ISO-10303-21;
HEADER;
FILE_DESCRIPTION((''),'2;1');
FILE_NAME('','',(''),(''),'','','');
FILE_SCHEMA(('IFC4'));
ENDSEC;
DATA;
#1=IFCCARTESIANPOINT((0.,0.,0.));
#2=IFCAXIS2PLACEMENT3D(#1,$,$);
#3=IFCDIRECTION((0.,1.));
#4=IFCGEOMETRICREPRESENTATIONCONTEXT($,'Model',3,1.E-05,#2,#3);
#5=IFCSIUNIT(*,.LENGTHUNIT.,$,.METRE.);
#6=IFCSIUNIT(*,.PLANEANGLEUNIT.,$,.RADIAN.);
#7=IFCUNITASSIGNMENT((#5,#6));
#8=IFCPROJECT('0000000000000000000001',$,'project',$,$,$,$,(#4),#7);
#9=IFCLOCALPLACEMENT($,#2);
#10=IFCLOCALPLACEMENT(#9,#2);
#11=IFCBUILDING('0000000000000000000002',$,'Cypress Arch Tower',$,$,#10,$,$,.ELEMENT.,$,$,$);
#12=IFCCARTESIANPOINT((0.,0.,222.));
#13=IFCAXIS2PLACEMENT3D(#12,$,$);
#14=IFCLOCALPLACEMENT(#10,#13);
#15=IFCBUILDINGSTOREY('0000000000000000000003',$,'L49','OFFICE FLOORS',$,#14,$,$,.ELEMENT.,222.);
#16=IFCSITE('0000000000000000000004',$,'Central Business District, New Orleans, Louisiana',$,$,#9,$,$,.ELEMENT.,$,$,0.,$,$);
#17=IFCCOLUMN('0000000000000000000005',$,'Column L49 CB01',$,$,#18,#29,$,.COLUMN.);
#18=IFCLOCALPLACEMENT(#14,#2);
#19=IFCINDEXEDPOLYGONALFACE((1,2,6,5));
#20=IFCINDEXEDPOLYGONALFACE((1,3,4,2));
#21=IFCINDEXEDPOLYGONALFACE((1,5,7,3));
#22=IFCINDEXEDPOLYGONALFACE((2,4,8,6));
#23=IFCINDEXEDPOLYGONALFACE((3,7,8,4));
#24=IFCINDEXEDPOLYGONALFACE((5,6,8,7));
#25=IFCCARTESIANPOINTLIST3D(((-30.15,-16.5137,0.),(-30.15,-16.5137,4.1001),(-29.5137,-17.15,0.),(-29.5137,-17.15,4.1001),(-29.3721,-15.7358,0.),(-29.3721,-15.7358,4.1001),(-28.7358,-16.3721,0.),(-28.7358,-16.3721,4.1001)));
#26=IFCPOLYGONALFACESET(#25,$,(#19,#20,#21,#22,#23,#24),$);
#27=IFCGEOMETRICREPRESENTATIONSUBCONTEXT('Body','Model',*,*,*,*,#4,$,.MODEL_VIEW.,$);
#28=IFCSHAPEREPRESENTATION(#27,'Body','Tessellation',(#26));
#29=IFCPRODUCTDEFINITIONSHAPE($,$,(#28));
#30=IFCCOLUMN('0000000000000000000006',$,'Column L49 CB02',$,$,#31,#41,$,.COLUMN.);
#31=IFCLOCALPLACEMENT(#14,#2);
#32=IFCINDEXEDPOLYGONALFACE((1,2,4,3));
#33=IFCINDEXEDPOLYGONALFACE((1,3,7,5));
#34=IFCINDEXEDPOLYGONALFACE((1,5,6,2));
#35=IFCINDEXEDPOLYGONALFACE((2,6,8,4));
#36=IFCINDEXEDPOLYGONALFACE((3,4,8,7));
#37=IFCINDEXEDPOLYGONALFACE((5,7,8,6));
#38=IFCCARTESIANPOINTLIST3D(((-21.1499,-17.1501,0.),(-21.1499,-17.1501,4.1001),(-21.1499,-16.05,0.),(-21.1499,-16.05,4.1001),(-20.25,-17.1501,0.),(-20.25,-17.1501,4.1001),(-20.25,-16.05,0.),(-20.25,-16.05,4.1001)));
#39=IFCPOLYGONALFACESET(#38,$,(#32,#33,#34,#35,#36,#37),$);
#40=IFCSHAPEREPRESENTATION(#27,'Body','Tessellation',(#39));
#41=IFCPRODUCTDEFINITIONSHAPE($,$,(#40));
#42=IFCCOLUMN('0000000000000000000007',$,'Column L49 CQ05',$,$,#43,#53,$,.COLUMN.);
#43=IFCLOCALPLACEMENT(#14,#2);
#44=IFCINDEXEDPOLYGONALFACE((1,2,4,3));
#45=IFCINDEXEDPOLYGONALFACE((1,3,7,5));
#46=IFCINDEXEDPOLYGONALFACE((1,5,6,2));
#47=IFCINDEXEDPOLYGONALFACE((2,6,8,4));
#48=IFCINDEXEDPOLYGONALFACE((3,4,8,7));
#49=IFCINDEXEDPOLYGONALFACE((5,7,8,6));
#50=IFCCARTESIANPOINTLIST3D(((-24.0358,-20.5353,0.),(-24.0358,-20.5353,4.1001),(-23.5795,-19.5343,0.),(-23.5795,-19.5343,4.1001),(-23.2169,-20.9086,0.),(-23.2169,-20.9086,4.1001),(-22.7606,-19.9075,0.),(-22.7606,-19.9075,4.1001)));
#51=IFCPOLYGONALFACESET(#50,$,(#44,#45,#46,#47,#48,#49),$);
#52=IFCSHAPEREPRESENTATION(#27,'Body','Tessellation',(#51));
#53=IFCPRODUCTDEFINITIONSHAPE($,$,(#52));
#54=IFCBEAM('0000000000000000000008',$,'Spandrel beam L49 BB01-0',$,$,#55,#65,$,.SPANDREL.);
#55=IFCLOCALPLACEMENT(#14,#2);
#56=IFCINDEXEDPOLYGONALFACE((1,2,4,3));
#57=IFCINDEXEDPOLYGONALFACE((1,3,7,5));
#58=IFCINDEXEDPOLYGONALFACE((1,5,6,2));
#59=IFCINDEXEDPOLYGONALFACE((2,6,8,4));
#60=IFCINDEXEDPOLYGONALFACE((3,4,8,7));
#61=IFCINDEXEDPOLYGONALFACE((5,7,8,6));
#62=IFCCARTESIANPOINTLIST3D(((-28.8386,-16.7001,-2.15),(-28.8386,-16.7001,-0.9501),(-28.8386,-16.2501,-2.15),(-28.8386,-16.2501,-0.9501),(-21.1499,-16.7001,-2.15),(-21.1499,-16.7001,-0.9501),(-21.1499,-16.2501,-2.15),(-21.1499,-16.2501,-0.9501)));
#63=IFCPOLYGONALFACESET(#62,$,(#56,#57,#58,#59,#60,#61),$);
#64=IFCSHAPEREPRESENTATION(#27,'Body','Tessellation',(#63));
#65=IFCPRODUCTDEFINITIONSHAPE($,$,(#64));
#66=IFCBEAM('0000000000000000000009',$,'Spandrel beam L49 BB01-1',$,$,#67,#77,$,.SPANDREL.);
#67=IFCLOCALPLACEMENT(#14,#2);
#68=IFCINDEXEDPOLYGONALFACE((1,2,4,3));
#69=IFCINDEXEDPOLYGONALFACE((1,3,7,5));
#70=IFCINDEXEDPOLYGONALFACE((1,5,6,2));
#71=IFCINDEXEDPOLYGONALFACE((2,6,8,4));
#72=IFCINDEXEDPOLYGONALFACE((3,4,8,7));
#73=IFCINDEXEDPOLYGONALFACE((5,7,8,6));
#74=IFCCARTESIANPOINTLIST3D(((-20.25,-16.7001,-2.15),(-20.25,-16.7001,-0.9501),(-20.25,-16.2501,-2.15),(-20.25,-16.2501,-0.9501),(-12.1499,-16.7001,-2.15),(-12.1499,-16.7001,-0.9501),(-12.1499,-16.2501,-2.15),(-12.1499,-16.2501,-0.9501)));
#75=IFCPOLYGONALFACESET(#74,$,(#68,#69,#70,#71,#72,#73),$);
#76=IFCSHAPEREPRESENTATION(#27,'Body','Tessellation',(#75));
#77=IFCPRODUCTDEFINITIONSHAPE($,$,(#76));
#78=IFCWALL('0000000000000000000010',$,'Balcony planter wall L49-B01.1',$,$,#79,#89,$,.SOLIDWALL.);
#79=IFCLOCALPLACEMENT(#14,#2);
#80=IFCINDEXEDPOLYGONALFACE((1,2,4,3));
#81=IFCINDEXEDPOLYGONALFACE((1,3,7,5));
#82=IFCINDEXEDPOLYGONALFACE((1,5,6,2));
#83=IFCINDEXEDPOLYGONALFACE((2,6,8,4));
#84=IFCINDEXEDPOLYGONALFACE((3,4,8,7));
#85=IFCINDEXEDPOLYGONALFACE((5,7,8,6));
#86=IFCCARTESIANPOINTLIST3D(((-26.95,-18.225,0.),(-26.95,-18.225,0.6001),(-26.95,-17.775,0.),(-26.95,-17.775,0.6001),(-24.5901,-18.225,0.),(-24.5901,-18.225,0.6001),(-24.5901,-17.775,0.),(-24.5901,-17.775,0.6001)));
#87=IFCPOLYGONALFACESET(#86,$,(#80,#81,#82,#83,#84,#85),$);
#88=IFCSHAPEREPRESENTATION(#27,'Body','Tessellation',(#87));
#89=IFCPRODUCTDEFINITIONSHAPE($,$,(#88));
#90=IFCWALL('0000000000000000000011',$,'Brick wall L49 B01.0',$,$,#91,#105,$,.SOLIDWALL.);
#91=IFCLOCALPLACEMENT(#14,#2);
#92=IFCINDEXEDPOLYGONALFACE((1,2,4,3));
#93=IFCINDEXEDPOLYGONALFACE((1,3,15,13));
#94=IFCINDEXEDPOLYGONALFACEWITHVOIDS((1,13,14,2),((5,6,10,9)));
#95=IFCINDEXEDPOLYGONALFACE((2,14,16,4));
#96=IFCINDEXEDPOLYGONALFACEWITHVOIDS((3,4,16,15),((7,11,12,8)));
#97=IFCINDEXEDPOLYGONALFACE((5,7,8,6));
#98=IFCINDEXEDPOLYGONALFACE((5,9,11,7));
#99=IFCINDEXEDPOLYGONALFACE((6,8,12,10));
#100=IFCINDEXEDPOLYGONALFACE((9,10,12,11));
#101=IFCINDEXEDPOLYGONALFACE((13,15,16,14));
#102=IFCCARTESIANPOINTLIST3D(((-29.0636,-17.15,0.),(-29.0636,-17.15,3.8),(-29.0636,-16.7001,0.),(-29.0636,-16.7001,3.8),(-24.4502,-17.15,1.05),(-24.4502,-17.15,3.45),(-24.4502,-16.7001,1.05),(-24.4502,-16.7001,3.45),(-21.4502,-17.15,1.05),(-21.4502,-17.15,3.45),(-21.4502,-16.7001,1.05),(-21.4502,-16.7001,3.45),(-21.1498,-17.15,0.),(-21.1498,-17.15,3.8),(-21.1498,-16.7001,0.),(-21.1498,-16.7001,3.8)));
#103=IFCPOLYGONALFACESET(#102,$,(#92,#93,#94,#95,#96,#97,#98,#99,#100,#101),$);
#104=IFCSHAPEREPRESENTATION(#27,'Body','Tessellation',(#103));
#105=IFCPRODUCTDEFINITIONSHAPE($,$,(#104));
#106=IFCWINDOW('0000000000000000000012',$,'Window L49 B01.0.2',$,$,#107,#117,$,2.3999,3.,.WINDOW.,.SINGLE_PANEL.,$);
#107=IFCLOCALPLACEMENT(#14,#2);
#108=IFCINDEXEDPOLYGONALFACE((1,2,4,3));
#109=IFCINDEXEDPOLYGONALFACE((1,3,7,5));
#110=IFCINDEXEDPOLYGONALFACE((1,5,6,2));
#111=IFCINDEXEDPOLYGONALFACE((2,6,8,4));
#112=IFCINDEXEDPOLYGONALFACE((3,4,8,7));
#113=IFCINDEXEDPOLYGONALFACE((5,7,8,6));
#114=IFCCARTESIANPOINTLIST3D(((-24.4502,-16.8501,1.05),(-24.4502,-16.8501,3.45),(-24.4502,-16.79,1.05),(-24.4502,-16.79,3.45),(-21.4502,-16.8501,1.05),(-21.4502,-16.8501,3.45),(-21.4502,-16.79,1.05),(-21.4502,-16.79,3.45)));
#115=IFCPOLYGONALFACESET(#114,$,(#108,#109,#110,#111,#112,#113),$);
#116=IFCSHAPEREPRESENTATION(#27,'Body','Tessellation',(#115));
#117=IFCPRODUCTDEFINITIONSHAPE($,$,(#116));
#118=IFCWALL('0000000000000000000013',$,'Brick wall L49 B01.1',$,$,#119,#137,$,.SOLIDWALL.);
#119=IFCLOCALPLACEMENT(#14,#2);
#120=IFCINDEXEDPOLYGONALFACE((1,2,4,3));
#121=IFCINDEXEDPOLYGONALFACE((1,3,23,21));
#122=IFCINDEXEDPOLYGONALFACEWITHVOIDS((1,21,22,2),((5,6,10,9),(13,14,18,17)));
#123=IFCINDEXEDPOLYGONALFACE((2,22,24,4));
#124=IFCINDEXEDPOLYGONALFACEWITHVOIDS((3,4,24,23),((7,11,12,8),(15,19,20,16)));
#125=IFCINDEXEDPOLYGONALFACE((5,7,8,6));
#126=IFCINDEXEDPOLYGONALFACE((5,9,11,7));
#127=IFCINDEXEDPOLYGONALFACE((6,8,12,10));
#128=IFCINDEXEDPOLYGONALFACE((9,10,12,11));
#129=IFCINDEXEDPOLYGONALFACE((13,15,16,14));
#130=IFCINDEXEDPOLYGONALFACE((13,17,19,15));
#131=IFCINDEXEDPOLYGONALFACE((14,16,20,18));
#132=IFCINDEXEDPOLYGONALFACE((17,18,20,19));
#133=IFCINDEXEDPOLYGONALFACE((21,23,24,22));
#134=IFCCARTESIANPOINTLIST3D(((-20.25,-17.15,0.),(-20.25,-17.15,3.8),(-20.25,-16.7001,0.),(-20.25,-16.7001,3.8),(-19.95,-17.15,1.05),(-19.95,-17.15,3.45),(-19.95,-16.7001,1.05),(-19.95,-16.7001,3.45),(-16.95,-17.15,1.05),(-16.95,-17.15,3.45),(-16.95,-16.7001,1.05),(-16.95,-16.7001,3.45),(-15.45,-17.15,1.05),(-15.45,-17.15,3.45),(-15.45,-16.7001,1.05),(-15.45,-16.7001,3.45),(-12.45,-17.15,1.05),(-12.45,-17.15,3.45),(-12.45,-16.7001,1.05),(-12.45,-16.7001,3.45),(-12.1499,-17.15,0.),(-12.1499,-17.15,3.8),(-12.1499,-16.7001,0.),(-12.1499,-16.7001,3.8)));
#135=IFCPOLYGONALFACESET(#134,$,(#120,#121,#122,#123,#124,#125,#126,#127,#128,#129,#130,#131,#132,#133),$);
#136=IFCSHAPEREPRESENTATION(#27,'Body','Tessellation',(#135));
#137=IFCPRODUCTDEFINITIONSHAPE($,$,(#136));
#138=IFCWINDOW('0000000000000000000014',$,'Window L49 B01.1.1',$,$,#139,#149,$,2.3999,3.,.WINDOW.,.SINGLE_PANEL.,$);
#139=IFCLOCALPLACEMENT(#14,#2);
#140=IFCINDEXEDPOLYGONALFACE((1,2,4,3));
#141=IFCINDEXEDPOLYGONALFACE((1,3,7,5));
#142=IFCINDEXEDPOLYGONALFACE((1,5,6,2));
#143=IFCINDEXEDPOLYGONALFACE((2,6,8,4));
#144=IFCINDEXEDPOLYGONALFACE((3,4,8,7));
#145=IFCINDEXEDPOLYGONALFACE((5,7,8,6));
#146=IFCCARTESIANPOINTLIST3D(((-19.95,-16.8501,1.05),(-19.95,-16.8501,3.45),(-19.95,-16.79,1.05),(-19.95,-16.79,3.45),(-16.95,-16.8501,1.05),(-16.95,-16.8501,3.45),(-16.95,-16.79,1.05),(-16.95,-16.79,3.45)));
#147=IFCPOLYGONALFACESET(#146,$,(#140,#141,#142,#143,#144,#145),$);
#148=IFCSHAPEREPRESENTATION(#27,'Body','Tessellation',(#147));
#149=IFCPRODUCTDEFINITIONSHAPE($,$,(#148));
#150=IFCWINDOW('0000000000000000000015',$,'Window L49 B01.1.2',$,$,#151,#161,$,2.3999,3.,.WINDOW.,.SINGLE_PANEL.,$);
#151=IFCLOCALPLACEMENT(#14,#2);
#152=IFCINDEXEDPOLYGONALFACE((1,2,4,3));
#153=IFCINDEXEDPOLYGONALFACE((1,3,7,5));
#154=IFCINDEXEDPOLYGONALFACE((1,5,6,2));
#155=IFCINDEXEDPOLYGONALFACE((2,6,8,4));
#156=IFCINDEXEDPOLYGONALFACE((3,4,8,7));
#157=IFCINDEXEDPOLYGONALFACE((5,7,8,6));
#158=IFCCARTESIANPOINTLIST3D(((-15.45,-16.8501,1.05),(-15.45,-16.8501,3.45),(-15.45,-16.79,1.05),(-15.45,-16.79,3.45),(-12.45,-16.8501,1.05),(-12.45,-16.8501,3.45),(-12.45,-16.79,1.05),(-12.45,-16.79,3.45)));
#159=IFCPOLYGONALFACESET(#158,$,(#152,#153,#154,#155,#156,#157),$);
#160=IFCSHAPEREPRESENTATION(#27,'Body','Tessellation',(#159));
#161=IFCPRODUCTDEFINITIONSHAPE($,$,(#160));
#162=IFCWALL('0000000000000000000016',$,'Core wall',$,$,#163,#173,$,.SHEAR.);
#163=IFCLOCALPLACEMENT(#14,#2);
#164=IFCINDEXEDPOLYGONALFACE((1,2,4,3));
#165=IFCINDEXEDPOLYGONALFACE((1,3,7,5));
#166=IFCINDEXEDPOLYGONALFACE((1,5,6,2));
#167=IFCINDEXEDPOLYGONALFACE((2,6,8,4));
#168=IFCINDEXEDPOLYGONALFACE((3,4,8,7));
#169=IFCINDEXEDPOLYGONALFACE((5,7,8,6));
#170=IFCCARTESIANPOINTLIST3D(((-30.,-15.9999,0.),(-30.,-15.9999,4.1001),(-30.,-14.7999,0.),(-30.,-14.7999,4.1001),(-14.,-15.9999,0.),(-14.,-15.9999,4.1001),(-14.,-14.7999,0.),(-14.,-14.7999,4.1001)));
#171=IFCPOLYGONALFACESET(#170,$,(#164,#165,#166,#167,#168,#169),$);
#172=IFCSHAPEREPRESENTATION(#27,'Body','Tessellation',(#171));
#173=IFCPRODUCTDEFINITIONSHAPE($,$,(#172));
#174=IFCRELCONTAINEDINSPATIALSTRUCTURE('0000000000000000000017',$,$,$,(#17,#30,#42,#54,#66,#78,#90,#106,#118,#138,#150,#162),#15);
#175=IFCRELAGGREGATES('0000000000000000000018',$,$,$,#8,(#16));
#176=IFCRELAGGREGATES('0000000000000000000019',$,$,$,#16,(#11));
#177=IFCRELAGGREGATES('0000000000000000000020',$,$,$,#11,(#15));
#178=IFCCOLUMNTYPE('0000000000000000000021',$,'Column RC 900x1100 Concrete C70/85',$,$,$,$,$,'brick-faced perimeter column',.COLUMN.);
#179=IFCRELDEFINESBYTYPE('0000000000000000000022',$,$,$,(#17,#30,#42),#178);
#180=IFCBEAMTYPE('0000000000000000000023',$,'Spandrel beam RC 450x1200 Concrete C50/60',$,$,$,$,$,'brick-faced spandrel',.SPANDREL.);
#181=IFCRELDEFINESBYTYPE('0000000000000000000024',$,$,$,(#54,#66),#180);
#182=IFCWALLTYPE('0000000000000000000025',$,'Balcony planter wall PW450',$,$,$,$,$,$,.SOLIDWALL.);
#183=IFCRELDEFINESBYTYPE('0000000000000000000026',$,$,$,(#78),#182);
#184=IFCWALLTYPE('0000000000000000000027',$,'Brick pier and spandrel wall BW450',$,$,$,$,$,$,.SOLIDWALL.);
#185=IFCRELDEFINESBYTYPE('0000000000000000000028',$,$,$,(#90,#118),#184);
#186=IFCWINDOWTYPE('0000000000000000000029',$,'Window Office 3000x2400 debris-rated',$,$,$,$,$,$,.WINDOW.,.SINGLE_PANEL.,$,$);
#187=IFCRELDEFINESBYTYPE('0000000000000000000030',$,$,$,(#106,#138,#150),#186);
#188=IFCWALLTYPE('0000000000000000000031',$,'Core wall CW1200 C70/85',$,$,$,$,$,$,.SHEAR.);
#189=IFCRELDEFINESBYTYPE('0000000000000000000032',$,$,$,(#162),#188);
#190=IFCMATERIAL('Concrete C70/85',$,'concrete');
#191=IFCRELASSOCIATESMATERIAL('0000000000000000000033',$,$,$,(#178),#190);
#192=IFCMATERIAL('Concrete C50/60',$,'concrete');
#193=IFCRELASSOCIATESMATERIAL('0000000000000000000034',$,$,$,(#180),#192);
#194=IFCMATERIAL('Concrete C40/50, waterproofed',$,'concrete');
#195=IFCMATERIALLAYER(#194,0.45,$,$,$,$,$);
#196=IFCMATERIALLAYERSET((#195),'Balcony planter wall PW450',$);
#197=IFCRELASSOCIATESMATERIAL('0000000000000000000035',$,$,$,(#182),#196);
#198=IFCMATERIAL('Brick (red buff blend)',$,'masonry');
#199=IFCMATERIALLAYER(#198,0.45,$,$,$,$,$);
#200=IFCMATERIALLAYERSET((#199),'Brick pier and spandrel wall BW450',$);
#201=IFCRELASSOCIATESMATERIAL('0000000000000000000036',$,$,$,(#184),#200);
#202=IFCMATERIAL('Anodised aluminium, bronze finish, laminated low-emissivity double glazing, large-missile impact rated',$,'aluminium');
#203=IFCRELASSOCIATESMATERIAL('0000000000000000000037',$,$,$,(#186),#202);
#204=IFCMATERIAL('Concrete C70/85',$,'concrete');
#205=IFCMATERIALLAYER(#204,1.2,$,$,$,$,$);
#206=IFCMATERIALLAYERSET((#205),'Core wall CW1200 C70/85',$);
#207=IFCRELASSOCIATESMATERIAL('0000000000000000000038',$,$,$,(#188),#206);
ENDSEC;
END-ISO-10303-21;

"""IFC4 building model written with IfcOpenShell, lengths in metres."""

from ifc_helpers import new_model, si_unit, direction, frame, frame_2d, origin, origin_2d, place, context, subcontext, project, spatial, rectangle, extrude, material, layer, layer_set, material_profile, profile_set, type_object, element, fill, save


model = new_model("IFC4")

# Units and contexts
model_context = context("Model", 3, precision=1e-05, world=origin(), true_north=direction((0.0, 1.0)))
body_context = subcontext(model_context, "Body", "Model", "MODEL_VIEW")
ifc_project = project(units=[si_unit("LENGTHUNIT", "METRE"), si_unit("PLANEANGLEUNIT", "RADIAN")], contexts=[model_context])

# Site, building, storey
site_placement = place(None, origin())
site = spatial("IfcSite", under=ifc_project, at=site_placement, Name="Central Business District, New Orleans, Louisiana", CompositionType="ELEMENT", RefElevation=0.0)
building_placement = place(site_placement, origin())
building = spatial("IfcBuilding", under=site, at=building_placement, Name="Cypress Arch Tower", CompositionType="ELEMENT")
storey_placement = place(building_placement, frame((0.0, 0.0, 222.0)))
storey = spatial("IfcBuildingStorey", under=building, at=storey_placement, Name="L49", Description="OFFICE FLOORS", CompositionType="ELEMENT", Elevation=222.0)

# Columns
ifc_material_1 = material(Name="Concrete C70/85", Category="concrete")
ifc_material_profile_1 = material_profile(ifc_material_1, rectangle(XDim=0.8999, YDim=1.1001, at=origin_2d()), Name="RC 900x1100")
ifc_profile_set_1 = profile_set([ifc_material_profile_1], Name="Concrete C70/85")
column_type = type_object("IfcColumnType", Name="Column RC 900x1100 Concrete C70/85", ElementType="brick-faced perimeter column", PredefinedType="COLUMN", material=ifc_profile_set_1)
for number, where, z_axis, x_axis, name in (
    (1, (-29.4429, -16.4429, 0.0), (0.0, 0.0, 1.0), (0.707107, -0.707107, 0.0), "Column L49 CB01"),
    (2, (-20.7, -16.6001, 0.0), (0.0, 0.0, 1.0), (1.0, 0.0, 0.0), "Column L49 CB02"),
    (3, (-23.3982, -20.2214, 0.0), (0.0, 0.0, 1.0), (0.909932, -0.414757, 0.0), "Column L49 CQ05"),
):
    element("IfcColumn", number, at=place(storey_placement, frame(where, z_axis=z_axis, x_axis=x_axis)), inside=storey, type_object=column_type, Name=name, PredefinedType="COLUMN", context=body_context, shape_type="SweptSolid", body=[
        extrude(rectangle(XDim=0.8999, YDim=1.1001, at=origin_2d()), origin(), (0.0, 0.0, 1.0), 4.1001),
    ])

# Beams
ifc_material_2 = material(Name="Concrete C50/60", Category="concrete")
ifc_material_profile_2 = material_profile(ifc_material_2, rectangle(XDim=0.45, YDim=1.2, at=origin_2d()), Name="RC 450x1200")
ifc_profile_set_2 = profile_set([ifc_material_profile_2], Name="Concrete C50/60")
beam_type = type_object("IfcBeamType", Name="Spandrel beam RC 450x1200 Concrete C50/60", ElementType="brick-faced spandrel", PredefinedType="SPANDREL", material=ifc_profile_set_2)
beam_1_placement = place(storey_placement, frame((-28.8386, -16.4751, -1.55), z_axis=(1.0, 0.0, 0.0), x_axis=(0.0, 1.0, 0.0)))
element("IfcBeam", 4, at=beam_1_placement, inside=storey, type_object=beam_type, Name="Spandrel beam L49 BB01-0", PredefinedType="SPANDREL", context=body_context, shape_type="SweptSolid", body=[
    extrude(rectangle(XDim=0.45, YDim=1.2, at=origin_2d()), origin(), (0.0, 0.0, 1.0), 7.6887),
])
beam_2_placement = place(storey_placement, frame((-20.25, -16.4751, -1.55), z_axis=(1.0, 0.0, 0.0), x_axis=(0.0, 1.0, 0.0)))
element("IfcBeam", 5, at=beam_2_placement, inside=storey, type_object=beam_type, Name="Spandrel beam L49 BB01-1", PredefinedType="SPANDREL", context=body_context, shape_type="SweptSolid", body=[
    extrude(rectangle(XDim=0.45, YDim=1.2, at=origin_2d()), origin(), (0.0, 0.0, 1.0), 8.1001),
])

# Wall
ifc_material_3 = material(Name="Concrete C40/50, waterproofed", Category="concrete")
ifc_layer_1 = layer(ifc_material_3, 0.45)
ifc_layer_set_1 = layer_set([ifc_layer_1], Name="Balcony planter wall PW450")
wall_type_1 = type_object("IfcWallType", Name="Balcony planter wall PW450", PredefinedType="SOLIDWALL", material=ifc_layer_set_1)
wall_1_placement = place(storey_placement, frame((-26.95, -18.0, 0.0), z_axis=(0.0, 0.0, 1.0), x_axis=(1.0, 0.0, 0.0)))
element("IfcWall", 6, at=wall_1_placement, inside=storey, type_object=wall_type_1, Name="Balcony planter wall L49-B01.1", PredefinedType="SOLIDWALL", context=body_context, shape_type="SweptSolid", body=[
    extrude(rectangle(XDim=2.3599, YDim=0.45, at=frame_2d((1.1799, 0.0))), origin(), (0.0, 0.0, 1.0), 0.6001),
])

# Wall, opening, window
ifc_material_4 = material(Name="Brick (red buff blend)", Category="masonry")
ifc_layer_2 = layer(ifc_material_4, 0.45)
ifc_layer_set_2 = layer_set([ifc_layer_2], Name="Brick pier and spandrel wall BW450")
wall_type_2 = type_object("IfcWallType", Name="Brick pier and spandrel wall BW450", PredefinedType="SOLIDWALL", material=ifc_layer_set_2)
wall_2_placement = place(storey_placement, frame((-29.0637, -16.925, 0.0), z_axis=(0.0, 0.0, 1.0), x_axis=(1.0, 0.0, 0.0)))
wall_2 = element("IfcWall", 7, at=wall_2_placement, inside=storey, type_object=wall_type_2, Name="Brick wall L49 B01.0", PredefinedType="SOLIDWALL", context=body_context, shape_type="SweptSolid", body=[
    extrude(rectangle(XDim=7.9138, YDim=0.45, at=frame_2d((3.957, 0.0))), origin(), (0.0, 0.0, 1.0), 3.8),
])
opening_1_placement = place(wall_2_placement, frame((4.6135, 0.0, 1.05)))
opening_1 = element("IfcOpeningElement", 8, at=opening_1_placement, cuts=wall_2, PredefinedType="OPENING", context=body_context, shape_type="SweptSolid", body=[
    extrude(rectangle(XDim=3.0, YDim=2.3999, at=frame_2d((1.5, 1.2))), frame((0.0, 0.2349, 0.0), z_axis=(0.0, -1.0, 0.0), x_axis=(1.0, 0.0, 0.0)), (0.0, 0.0, 1.0), 0.47),
])
ifc_material_5 = material(Name="Anodised aluminium, bronze finish, laminated low-emissivity double glazing, large-missile impact rated", Category="aluminium")
window_type = type_object("IfcWindowType", Name="Window Office 3000x2400 debris-rated", PartitioningType="SINGLE_PANEL", PredefinedType="WINDOW", material=ifc_material_5)
window_1_placement = place(opening_1_placement, origin())
window_1 = element("IfcWindow", 9, at=window_1_placement, inside=storey, type_object=window_type, Name="Window L49 B01.0.2", OverallHeight=2.3999, OverallWidth=3.0, PartitioningType="SINGLE_PANEL", PredefinedType="WINDOW", context=body_context, shape_type="SweptSolid", body=[
    extrude(rectangle(XDim=3.0, YDim=2.3999, at=frame_2d((1.5, 1.2))), frame((0.0, 0.135, 0.0), z_axis=(0.0, -1.0, 0.0), x_axis=(1.0, 0.0, 0.0)), (0.0, 0.0, 1.0), 0.0601),
])
fill(opening_1, window_1)

# Wall, openings, windows
wall_3_placement = place(storey_placement, frame((-20.25, -16.925, 0.0), z_axis=(0.0, 0.0, 1.0), x_axis=(1.0, 0.0, 0.0)))
wall_3 = element("IfcWall", 10, at=wall_3_placement, inside=storey, type_object=wall_type_2, Name="Brick wall L49 B01.1", PredefinedType="SOLIDWALL", context=body_context, shape_type="SweptSolid", body=[
    extrude(rectangle(XDim=8.1001, YDim=0.45, at=frame_2d((4.05, 0.0))), origin(), (0.0, 0.0, 1.0), 3.8),
])
opening_2_placement = place(wall_3_placement, frame((0.3, 0.0, 1.05)))
opening_2 = element("IfcOpeningElement", 11, at=opening_2_placement, cuts=wall_3, PredefinedType="OPENING", context=body_context, shape_type="SweptSolid", body=[
    extrude(rectangle(XDim=3.0, YDim=2.3999, at=frame_2d((1.5, 1.2))), frame((0.0, 0.2349, 0.0), z_axis=(0.0, -1.0, 0.0), x_axis=(1.0, 0.0, 0.0)), (0.0, 0.0, 1.0), 0.47),
])
opening_3_placement = place(wall_3_placement, frame((4.8, 0.0, 1.05)))
opening_3 = element("IfcOpeningElement", 12, at=opening_3_placement, cuts=wall_3, PredefinedType="OPENING", context=body_context, shape_type="SweptSolid", body=[
    extrude(rectangle(XDim=3.0, YDim=2.3999, at=frame_2d((1.5, 1.2))), frame((0.0, 0.2349, 0.0), z_axis=(0.0, -1.0, 0.0), x_axis=(1.0, 0.0, 0.0)), (0.0, 0.0, 1.0), 0.47),
])
window_2_placement = place(opening_2_placement, origin())
window_2 = element("IfcWindow", 13, at=window_2_placement, inside=storey, type_object=window_type, Name="Window L49 B01.1.1", OverallHeight=2.3999, OverallWidth=3.0, PartitioningType="SINGLE_PANEL", PredefinedType="WINDOW", context=body_context, shape_type="SweptSolid", body=[
    extrude(rectangle(XDim=3.0, YDim=2.3999, at=frame_2d((1.5, 1.2))), frame((0.0, 0.135, 0.0), z_axis=(0.0, -1.0, 0.0), x_axis=(1.0, 0.0, 0.0)), (0.0, 0.0, 1.0), 0.0601),
])
fill(opening_2, window_2)
window_3_placement = place(opening_3_placement, origin())
window_3 = element("IfcWindow", 14, at=window_3_placement, inside=storey, type_object=window_type, Name="Window L49 B01.1.2", OverallHeight=2.3999, OverallWidth=3.0, PartitioningType="SINGLE_PANEL", PredefinedType="WINDOW", context=body_context, shape_type="SweptSolid", body=[
    extrude(rectangle(XDim=3.0, YDim=2.3999, at=frame_2d((1.5, 1.2))), frame((0.0, 0.135, 0.0), z_axis=(0.0, -1.0, 0.0), x_axis=(1.0, 0.0, 0.0)), (0.0, 0.0, 1.0), 0.0601),
])
fill(opening_3, window_3)

# Wall
ifc_material_6 = material(Name="Concrete C70/85", Category="concrete")
ifc_layer_3 = layer(ifc_material_6, 1.2)
ifc_layer_set_3 = layer_set([ifc_layer_3], Name="Core wall CW1200 C70/85")
wall_type_3 = type_object("IfcWallType", Name="Core wall CW1200 C70/85", PredefinedType="SHEAR", material=ifc_layer_set_3)
wall_4_placement = place(storey_placement, frame((-30.0, -15.3999, 0.0), z_axis=(0.0, 0.0, 1.0), x_axis=(1.0, 0.0, 0.0)))
element("IfcWall", 15, at=wall_4_placement, inside=storey, type_object=wall_type_3, Name="Core wall", PredefinedType="SHEAR", context=body_context, shape_type="SweptSolid", body=[
    extrude(rectangle(XDim=16.0, YDim=1.2, at=frame_2d((8.0, 0.0))), origin(), (0.0, 0.0, 1.0), 4.1001),
])

save(model, "model.ifc")
